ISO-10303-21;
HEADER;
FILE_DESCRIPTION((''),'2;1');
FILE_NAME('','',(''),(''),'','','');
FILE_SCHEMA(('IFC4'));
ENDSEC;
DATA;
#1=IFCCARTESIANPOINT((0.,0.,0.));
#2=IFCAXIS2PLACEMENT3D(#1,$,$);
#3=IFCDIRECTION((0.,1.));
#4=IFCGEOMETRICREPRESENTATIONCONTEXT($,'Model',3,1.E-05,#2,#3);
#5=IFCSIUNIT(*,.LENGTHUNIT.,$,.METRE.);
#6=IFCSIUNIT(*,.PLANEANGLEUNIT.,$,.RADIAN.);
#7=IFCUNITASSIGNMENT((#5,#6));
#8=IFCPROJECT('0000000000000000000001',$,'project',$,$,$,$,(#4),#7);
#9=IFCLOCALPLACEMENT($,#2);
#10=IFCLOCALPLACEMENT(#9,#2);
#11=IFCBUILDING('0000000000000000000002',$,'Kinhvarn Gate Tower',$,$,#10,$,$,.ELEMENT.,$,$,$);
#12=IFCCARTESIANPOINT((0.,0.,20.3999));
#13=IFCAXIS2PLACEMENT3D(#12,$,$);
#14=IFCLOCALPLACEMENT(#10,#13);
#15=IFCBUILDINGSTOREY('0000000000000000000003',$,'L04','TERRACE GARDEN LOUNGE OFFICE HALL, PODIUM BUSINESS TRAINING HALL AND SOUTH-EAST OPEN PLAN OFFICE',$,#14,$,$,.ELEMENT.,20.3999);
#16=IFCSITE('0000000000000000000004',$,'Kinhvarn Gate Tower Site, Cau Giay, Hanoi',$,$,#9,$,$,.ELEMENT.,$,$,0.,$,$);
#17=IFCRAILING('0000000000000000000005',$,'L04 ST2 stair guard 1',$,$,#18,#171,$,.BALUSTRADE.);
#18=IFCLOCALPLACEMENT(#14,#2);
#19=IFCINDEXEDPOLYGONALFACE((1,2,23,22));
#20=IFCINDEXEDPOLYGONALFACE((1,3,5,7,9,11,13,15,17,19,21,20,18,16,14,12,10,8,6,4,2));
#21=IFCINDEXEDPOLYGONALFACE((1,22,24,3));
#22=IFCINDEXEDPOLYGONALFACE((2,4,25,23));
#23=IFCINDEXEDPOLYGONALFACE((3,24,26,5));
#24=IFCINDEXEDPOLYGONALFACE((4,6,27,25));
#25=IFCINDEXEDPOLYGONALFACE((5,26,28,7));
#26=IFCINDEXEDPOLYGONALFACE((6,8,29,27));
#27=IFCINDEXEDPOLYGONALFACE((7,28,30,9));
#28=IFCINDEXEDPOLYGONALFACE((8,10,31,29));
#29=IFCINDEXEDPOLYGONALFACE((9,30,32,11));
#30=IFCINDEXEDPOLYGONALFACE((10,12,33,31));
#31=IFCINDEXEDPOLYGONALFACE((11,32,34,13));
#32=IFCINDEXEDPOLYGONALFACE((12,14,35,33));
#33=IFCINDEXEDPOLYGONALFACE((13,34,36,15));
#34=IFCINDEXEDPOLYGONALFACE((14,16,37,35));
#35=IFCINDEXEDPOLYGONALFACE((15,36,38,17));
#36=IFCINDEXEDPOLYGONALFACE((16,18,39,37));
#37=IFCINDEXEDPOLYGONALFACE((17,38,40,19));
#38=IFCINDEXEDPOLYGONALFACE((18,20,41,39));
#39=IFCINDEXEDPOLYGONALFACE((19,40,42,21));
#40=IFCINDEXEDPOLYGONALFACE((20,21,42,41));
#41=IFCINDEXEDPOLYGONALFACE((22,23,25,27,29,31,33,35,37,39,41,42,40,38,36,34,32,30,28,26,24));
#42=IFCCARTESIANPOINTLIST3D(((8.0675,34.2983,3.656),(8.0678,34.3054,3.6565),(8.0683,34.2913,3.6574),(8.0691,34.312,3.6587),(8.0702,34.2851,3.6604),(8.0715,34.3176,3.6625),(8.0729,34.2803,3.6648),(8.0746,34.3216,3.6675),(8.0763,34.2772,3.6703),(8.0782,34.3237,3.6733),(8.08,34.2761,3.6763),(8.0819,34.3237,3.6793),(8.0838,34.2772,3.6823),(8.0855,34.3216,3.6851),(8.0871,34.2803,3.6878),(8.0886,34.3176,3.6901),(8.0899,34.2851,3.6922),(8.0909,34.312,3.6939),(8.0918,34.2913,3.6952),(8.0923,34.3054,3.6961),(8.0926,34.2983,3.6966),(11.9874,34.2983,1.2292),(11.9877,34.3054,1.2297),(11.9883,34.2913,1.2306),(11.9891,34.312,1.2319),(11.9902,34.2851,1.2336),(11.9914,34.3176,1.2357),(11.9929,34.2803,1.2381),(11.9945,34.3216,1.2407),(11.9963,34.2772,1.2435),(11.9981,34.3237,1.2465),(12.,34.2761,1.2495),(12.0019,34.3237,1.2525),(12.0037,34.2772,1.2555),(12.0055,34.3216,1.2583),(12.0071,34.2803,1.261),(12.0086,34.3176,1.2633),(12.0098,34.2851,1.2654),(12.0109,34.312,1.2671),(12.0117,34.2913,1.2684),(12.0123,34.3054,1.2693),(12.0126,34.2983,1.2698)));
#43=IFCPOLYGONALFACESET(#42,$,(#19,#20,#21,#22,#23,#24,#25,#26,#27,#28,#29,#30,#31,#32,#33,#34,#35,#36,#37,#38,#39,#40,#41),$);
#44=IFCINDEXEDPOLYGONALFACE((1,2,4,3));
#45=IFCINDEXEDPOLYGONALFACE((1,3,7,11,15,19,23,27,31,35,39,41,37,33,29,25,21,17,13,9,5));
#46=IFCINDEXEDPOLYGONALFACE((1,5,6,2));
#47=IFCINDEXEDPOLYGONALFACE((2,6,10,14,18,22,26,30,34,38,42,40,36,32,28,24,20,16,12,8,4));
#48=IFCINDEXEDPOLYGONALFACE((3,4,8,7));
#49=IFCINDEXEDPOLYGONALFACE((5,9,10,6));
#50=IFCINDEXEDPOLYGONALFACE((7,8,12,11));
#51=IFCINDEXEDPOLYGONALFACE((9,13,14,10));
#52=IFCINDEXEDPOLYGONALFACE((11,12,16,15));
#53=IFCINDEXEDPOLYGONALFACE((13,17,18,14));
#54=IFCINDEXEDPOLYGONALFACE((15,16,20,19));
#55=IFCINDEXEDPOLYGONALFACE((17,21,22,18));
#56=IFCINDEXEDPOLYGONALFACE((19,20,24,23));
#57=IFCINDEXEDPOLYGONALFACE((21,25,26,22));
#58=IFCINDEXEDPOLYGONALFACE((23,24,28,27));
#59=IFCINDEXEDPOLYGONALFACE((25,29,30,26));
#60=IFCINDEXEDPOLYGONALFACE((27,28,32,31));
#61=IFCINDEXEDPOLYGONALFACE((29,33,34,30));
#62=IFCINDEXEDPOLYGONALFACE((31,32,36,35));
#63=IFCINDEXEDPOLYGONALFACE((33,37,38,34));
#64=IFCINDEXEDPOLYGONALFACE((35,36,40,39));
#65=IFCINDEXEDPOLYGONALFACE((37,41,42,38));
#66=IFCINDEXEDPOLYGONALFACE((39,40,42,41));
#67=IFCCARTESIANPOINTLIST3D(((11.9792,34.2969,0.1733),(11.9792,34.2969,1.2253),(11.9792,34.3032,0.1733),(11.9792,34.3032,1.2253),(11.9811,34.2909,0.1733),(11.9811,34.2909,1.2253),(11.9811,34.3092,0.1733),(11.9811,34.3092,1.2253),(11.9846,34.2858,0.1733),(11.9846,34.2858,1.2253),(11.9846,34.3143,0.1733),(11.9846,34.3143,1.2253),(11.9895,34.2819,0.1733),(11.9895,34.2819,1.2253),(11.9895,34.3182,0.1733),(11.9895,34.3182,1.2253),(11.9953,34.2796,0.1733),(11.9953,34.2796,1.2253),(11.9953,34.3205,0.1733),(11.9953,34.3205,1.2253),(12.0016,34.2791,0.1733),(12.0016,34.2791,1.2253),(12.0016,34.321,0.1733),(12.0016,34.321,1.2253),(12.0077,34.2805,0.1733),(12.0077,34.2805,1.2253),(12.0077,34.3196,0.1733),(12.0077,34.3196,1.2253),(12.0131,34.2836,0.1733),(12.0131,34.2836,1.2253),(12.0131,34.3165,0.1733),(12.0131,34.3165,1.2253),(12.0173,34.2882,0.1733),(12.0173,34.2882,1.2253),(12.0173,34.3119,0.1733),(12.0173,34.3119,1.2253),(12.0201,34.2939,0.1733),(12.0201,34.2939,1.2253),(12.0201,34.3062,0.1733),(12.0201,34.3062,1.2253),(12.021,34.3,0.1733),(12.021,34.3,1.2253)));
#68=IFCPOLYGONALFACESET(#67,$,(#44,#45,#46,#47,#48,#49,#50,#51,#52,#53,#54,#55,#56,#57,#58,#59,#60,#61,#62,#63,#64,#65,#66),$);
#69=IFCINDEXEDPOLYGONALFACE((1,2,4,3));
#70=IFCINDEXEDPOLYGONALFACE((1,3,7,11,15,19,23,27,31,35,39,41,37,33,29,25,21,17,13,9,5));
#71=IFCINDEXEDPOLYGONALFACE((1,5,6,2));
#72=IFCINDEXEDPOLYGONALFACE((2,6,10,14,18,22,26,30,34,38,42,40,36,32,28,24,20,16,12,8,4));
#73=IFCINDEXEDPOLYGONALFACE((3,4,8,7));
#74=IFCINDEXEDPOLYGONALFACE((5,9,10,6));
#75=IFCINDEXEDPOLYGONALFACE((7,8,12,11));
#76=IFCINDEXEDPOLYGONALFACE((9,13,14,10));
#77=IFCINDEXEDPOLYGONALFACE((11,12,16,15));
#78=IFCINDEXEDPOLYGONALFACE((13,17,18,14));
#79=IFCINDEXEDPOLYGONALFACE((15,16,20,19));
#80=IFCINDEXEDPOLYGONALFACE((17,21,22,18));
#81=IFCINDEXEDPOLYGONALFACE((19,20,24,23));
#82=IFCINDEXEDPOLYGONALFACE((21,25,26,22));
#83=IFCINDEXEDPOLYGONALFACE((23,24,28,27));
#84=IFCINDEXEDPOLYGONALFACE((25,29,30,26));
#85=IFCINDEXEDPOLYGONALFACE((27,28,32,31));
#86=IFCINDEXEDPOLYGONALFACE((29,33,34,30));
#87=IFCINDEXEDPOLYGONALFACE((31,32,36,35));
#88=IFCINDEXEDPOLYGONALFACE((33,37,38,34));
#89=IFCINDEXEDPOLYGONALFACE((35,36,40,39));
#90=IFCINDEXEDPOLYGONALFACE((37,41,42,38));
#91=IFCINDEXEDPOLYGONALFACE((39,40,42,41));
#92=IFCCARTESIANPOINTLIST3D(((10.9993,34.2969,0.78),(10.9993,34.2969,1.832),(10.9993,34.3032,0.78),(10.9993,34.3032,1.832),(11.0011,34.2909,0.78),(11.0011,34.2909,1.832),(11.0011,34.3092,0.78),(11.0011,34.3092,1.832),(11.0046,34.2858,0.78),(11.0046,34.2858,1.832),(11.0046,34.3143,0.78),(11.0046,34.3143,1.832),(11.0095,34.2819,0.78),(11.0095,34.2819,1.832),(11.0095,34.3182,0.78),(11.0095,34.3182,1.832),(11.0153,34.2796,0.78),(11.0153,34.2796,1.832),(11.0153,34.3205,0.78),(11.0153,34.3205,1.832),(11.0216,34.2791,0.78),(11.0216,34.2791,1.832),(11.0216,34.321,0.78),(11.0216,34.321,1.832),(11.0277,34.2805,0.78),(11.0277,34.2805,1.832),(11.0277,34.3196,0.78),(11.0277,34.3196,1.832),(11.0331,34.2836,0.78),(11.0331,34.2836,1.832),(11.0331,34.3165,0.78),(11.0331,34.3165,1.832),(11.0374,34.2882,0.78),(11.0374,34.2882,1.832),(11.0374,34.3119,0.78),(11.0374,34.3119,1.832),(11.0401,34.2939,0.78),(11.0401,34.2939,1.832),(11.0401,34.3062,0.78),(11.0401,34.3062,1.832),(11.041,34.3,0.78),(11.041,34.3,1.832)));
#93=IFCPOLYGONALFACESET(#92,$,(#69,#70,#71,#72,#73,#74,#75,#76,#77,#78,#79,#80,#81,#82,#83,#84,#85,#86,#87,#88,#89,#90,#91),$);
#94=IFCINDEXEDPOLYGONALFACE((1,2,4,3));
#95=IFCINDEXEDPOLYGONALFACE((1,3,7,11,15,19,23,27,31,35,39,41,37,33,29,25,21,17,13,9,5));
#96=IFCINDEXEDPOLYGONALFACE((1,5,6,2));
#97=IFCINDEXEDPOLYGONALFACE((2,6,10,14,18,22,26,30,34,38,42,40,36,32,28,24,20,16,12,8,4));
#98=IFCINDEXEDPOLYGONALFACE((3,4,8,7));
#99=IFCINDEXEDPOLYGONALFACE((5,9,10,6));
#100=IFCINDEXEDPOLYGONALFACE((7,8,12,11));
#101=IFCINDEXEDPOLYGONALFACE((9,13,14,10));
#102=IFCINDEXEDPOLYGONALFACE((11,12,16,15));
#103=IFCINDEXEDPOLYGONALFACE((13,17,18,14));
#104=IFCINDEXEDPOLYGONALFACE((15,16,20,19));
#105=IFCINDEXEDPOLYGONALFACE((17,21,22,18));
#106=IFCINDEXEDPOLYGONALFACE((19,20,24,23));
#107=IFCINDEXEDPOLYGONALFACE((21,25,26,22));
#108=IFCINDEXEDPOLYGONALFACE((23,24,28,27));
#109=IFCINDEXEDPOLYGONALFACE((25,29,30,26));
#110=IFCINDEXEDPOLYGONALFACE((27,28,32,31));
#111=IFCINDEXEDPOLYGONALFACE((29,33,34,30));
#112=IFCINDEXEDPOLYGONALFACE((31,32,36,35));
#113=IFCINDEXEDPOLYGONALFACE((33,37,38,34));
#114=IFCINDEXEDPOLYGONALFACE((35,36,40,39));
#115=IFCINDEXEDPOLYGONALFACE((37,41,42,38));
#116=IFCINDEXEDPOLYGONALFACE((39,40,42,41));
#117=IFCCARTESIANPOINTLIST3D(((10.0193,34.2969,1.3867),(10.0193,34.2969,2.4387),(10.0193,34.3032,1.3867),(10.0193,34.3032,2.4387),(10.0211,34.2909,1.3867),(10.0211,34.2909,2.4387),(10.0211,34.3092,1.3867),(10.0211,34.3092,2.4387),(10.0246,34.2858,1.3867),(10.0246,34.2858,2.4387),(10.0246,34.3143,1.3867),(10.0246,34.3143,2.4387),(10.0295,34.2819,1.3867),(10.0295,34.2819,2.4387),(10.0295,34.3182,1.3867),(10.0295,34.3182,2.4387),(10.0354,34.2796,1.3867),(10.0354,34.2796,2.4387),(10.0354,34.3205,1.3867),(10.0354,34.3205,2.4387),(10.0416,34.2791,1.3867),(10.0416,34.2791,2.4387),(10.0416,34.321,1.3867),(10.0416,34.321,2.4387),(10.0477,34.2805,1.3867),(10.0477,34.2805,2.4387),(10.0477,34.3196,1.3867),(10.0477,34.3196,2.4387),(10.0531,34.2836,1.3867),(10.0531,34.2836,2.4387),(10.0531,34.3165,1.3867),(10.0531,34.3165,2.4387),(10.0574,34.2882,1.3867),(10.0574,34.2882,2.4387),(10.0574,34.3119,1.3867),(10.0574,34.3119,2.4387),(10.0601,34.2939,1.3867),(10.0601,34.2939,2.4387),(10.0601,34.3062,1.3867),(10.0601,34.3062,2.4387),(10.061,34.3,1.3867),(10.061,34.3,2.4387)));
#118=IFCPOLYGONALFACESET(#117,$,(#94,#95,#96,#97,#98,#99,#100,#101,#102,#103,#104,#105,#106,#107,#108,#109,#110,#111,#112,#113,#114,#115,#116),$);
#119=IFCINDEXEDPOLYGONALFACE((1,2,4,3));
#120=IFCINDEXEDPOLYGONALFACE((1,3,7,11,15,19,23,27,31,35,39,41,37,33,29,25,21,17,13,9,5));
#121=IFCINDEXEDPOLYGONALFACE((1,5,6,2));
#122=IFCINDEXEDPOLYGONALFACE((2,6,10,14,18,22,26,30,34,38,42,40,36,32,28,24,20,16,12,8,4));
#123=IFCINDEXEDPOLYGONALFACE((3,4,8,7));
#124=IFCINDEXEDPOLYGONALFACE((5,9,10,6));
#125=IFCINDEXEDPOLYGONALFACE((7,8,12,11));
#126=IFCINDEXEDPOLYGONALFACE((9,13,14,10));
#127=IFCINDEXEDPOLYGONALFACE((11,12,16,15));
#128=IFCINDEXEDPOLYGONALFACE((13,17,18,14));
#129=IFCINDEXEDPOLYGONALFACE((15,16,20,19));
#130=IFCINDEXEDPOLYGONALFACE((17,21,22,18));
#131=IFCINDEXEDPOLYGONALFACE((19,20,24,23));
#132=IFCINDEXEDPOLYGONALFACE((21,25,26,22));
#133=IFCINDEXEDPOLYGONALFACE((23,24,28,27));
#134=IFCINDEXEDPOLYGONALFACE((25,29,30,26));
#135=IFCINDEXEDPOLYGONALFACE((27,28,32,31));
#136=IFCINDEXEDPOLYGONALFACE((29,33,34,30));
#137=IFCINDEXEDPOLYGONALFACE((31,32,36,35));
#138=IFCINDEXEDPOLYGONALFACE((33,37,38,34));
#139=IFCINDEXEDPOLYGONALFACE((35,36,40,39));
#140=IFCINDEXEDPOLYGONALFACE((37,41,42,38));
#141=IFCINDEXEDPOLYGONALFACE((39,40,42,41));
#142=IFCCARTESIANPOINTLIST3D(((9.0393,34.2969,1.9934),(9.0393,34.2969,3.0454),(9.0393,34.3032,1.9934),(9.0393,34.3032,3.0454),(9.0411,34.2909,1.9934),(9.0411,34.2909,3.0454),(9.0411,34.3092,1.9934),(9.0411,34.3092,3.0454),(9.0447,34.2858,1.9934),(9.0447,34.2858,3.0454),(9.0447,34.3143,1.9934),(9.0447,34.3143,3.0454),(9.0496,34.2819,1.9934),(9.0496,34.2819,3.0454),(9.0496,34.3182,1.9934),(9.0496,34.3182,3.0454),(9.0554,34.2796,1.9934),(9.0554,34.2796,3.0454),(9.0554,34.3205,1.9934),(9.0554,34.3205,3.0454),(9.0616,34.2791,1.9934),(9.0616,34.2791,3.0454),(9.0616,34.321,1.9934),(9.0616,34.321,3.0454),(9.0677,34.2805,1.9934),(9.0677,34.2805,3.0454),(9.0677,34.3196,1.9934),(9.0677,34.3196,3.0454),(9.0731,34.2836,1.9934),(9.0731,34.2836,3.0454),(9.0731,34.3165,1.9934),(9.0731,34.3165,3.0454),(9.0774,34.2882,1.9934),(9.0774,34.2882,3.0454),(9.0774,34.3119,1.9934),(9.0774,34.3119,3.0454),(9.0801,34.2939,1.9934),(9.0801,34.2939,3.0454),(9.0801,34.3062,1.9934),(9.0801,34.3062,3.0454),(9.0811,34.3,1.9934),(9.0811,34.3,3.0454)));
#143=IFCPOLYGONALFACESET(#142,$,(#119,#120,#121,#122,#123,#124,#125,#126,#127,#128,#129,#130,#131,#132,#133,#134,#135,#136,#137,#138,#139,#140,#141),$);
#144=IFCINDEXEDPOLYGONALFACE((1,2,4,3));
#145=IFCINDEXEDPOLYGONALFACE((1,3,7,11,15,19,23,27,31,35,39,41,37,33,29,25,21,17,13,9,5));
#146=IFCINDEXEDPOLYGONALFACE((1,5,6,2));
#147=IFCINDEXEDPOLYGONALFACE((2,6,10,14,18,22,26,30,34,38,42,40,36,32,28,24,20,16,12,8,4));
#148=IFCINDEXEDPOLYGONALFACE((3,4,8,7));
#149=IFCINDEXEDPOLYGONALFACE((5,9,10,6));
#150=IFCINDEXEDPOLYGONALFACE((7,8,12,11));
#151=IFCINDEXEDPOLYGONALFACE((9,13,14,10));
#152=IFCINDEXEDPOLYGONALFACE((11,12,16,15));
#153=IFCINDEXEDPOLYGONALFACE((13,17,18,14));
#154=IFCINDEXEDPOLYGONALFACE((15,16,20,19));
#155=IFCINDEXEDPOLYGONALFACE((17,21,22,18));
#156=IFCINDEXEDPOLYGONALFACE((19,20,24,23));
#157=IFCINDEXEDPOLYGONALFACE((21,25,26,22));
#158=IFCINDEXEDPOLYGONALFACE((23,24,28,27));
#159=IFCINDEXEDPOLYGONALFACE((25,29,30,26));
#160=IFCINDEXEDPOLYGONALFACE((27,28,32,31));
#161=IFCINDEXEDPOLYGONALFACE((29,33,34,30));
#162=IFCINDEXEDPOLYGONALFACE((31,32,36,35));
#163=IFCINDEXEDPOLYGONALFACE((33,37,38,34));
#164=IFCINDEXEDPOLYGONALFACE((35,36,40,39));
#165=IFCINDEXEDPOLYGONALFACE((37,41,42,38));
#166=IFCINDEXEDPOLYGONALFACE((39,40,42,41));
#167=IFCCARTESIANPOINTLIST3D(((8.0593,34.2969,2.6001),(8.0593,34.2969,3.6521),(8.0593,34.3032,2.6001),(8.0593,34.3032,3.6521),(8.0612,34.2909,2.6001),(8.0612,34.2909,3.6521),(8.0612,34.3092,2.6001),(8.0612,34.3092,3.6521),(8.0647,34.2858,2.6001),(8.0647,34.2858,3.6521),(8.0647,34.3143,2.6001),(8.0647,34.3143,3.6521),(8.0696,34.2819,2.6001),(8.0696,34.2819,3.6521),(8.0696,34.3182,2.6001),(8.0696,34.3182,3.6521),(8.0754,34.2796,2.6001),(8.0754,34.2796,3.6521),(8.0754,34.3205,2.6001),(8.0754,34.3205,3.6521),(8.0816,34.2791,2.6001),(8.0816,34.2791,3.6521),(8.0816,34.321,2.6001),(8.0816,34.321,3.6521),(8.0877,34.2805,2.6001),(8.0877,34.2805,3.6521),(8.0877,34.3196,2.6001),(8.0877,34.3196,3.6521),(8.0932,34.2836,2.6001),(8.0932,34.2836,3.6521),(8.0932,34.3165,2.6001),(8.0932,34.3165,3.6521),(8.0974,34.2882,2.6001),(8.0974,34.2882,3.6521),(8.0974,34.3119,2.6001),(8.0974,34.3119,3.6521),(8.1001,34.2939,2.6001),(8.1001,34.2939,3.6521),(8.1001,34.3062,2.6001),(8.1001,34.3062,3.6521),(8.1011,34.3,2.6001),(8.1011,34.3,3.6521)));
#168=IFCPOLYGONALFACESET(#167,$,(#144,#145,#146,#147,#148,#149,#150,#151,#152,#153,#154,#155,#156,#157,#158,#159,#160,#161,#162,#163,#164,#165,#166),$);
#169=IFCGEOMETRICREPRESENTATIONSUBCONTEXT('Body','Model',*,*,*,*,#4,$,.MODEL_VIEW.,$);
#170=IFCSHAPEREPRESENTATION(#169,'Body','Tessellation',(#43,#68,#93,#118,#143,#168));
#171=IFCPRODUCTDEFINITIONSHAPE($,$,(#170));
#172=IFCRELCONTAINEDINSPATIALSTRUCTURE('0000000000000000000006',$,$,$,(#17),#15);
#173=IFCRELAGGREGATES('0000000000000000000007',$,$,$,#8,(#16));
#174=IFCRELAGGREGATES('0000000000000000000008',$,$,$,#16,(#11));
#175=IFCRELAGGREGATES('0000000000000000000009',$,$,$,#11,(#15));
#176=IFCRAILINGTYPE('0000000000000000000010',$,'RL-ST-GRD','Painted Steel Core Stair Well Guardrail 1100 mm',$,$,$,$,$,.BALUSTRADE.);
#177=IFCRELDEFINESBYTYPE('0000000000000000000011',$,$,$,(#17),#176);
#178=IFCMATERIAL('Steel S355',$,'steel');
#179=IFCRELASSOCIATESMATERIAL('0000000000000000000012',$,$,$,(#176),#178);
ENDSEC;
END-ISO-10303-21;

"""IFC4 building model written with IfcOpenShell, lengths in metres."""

from ifc_helpers import new_model, si_unit, direction, frame, origin, origin_2d, place, context, subcontext, project, spatial, circle, extrude, material, type_object, element, save


model = new_model("IFC4")

# Units and contexts
model_context = context("Model", 3, precision=1e-05, world=origin(), true_north=direction((0.0, 1.0)))
body_context = subcontext(model_context, "Body", "Model", "MODEL_VIEW")
ifc_project = project(units=[si_unit("LENGTHUNIT", "METRE"), si_unit("PLANEANGLEUNIT", "RADIAN")], contexts=[model_context])

# Site, building, storey
site_placement = place(None, origin())
site = spatial("IfcSite", under=ifc_project, at=site_placement, Name="Kinhvarn Gate Tower Site, Cau Giay, Hanoi", CompositionType="ELEMENT", RefElevation=0.0)
building_placement = place(site_placement, origin())
building = spatial("IfcBuilding", under=site, at=building_placement, Name="Kinhvarn Gate Tower", CompositionType="ELEMENT")
storey_placement = place(building_placement, frame((0.0, 0.0, 20.3999)))
storey = spatial("IfcBuildingStorey", under=building, at=storey_placement, Name="L04", Description="TERRACE GARDEN LOUNGE OFFICE HALL, PODIUM BUSINESS TRAINING HALL AND SOUTH-EAST OPEN PLAN OFFICE", CompositionType="ELEMENT", Elevation=20.3999)

# Shared definitions
ifc_material_1 = material(Name="Steel S355", Category="steel")

# Railing
railing_type_1 = type_object("IfcRailingType", Name="RL-ST-GRD", Description="Painted Steel Core Stair Well Guardrail 1100 mm", PredefinedType="BALUSTRADE", material=ifc_material_1)
railing_1_placement = place(storey_placement, frame((12.0, 34.3, 0.1733)))
element("IfcRailing", 1, at=railing_1_placement, inside=storey, type_object=railing_type_1, Name="L04 ST2 stair guard 1", PredefinedType="BALUSTRADE", context=body_context, shape_type="SweptSolid", body=[
    extrude(circle(Radius=0.0239, at=origin_2d()), frame((0.0, 0.0, 1.0762), z_axis=(-0.850252, 0.0, 0.526376), x_axis=(0.0, -1.0, 0.0)), (0.0, 0.0, 1.0), 4.6104),
    extrude(circle(Radius=0.021, at=origin_2d()), origin(), (0.0, 0.0, 1.0), 1.052),
    extrude(circle(Radius=0.021, at=origin_2d()), frame((-0.98, 0.0, 0.6067)), (0.0, 0.0, 1.0), 1.052),
    extrude(circle(Radius=0.021, at=origin_2d()), frame((-1.96, 0.0, 1.2134)), (0.0, 0.0, 1.0), 1.052),
    extrude(circle(Radius=0.021, at=origin_2d()), frame((-2.9399, 0.0, 1.8201)), (0.0, 0.0, 1.0), 1.052),
    extrude(circle(Radius=0.021, at=origin_2d()), frame((-3.9199, 0.0, 2.4268)), (0.0, 0.0, 1.0), 1.052),
])

save(model, "model.ifc")
